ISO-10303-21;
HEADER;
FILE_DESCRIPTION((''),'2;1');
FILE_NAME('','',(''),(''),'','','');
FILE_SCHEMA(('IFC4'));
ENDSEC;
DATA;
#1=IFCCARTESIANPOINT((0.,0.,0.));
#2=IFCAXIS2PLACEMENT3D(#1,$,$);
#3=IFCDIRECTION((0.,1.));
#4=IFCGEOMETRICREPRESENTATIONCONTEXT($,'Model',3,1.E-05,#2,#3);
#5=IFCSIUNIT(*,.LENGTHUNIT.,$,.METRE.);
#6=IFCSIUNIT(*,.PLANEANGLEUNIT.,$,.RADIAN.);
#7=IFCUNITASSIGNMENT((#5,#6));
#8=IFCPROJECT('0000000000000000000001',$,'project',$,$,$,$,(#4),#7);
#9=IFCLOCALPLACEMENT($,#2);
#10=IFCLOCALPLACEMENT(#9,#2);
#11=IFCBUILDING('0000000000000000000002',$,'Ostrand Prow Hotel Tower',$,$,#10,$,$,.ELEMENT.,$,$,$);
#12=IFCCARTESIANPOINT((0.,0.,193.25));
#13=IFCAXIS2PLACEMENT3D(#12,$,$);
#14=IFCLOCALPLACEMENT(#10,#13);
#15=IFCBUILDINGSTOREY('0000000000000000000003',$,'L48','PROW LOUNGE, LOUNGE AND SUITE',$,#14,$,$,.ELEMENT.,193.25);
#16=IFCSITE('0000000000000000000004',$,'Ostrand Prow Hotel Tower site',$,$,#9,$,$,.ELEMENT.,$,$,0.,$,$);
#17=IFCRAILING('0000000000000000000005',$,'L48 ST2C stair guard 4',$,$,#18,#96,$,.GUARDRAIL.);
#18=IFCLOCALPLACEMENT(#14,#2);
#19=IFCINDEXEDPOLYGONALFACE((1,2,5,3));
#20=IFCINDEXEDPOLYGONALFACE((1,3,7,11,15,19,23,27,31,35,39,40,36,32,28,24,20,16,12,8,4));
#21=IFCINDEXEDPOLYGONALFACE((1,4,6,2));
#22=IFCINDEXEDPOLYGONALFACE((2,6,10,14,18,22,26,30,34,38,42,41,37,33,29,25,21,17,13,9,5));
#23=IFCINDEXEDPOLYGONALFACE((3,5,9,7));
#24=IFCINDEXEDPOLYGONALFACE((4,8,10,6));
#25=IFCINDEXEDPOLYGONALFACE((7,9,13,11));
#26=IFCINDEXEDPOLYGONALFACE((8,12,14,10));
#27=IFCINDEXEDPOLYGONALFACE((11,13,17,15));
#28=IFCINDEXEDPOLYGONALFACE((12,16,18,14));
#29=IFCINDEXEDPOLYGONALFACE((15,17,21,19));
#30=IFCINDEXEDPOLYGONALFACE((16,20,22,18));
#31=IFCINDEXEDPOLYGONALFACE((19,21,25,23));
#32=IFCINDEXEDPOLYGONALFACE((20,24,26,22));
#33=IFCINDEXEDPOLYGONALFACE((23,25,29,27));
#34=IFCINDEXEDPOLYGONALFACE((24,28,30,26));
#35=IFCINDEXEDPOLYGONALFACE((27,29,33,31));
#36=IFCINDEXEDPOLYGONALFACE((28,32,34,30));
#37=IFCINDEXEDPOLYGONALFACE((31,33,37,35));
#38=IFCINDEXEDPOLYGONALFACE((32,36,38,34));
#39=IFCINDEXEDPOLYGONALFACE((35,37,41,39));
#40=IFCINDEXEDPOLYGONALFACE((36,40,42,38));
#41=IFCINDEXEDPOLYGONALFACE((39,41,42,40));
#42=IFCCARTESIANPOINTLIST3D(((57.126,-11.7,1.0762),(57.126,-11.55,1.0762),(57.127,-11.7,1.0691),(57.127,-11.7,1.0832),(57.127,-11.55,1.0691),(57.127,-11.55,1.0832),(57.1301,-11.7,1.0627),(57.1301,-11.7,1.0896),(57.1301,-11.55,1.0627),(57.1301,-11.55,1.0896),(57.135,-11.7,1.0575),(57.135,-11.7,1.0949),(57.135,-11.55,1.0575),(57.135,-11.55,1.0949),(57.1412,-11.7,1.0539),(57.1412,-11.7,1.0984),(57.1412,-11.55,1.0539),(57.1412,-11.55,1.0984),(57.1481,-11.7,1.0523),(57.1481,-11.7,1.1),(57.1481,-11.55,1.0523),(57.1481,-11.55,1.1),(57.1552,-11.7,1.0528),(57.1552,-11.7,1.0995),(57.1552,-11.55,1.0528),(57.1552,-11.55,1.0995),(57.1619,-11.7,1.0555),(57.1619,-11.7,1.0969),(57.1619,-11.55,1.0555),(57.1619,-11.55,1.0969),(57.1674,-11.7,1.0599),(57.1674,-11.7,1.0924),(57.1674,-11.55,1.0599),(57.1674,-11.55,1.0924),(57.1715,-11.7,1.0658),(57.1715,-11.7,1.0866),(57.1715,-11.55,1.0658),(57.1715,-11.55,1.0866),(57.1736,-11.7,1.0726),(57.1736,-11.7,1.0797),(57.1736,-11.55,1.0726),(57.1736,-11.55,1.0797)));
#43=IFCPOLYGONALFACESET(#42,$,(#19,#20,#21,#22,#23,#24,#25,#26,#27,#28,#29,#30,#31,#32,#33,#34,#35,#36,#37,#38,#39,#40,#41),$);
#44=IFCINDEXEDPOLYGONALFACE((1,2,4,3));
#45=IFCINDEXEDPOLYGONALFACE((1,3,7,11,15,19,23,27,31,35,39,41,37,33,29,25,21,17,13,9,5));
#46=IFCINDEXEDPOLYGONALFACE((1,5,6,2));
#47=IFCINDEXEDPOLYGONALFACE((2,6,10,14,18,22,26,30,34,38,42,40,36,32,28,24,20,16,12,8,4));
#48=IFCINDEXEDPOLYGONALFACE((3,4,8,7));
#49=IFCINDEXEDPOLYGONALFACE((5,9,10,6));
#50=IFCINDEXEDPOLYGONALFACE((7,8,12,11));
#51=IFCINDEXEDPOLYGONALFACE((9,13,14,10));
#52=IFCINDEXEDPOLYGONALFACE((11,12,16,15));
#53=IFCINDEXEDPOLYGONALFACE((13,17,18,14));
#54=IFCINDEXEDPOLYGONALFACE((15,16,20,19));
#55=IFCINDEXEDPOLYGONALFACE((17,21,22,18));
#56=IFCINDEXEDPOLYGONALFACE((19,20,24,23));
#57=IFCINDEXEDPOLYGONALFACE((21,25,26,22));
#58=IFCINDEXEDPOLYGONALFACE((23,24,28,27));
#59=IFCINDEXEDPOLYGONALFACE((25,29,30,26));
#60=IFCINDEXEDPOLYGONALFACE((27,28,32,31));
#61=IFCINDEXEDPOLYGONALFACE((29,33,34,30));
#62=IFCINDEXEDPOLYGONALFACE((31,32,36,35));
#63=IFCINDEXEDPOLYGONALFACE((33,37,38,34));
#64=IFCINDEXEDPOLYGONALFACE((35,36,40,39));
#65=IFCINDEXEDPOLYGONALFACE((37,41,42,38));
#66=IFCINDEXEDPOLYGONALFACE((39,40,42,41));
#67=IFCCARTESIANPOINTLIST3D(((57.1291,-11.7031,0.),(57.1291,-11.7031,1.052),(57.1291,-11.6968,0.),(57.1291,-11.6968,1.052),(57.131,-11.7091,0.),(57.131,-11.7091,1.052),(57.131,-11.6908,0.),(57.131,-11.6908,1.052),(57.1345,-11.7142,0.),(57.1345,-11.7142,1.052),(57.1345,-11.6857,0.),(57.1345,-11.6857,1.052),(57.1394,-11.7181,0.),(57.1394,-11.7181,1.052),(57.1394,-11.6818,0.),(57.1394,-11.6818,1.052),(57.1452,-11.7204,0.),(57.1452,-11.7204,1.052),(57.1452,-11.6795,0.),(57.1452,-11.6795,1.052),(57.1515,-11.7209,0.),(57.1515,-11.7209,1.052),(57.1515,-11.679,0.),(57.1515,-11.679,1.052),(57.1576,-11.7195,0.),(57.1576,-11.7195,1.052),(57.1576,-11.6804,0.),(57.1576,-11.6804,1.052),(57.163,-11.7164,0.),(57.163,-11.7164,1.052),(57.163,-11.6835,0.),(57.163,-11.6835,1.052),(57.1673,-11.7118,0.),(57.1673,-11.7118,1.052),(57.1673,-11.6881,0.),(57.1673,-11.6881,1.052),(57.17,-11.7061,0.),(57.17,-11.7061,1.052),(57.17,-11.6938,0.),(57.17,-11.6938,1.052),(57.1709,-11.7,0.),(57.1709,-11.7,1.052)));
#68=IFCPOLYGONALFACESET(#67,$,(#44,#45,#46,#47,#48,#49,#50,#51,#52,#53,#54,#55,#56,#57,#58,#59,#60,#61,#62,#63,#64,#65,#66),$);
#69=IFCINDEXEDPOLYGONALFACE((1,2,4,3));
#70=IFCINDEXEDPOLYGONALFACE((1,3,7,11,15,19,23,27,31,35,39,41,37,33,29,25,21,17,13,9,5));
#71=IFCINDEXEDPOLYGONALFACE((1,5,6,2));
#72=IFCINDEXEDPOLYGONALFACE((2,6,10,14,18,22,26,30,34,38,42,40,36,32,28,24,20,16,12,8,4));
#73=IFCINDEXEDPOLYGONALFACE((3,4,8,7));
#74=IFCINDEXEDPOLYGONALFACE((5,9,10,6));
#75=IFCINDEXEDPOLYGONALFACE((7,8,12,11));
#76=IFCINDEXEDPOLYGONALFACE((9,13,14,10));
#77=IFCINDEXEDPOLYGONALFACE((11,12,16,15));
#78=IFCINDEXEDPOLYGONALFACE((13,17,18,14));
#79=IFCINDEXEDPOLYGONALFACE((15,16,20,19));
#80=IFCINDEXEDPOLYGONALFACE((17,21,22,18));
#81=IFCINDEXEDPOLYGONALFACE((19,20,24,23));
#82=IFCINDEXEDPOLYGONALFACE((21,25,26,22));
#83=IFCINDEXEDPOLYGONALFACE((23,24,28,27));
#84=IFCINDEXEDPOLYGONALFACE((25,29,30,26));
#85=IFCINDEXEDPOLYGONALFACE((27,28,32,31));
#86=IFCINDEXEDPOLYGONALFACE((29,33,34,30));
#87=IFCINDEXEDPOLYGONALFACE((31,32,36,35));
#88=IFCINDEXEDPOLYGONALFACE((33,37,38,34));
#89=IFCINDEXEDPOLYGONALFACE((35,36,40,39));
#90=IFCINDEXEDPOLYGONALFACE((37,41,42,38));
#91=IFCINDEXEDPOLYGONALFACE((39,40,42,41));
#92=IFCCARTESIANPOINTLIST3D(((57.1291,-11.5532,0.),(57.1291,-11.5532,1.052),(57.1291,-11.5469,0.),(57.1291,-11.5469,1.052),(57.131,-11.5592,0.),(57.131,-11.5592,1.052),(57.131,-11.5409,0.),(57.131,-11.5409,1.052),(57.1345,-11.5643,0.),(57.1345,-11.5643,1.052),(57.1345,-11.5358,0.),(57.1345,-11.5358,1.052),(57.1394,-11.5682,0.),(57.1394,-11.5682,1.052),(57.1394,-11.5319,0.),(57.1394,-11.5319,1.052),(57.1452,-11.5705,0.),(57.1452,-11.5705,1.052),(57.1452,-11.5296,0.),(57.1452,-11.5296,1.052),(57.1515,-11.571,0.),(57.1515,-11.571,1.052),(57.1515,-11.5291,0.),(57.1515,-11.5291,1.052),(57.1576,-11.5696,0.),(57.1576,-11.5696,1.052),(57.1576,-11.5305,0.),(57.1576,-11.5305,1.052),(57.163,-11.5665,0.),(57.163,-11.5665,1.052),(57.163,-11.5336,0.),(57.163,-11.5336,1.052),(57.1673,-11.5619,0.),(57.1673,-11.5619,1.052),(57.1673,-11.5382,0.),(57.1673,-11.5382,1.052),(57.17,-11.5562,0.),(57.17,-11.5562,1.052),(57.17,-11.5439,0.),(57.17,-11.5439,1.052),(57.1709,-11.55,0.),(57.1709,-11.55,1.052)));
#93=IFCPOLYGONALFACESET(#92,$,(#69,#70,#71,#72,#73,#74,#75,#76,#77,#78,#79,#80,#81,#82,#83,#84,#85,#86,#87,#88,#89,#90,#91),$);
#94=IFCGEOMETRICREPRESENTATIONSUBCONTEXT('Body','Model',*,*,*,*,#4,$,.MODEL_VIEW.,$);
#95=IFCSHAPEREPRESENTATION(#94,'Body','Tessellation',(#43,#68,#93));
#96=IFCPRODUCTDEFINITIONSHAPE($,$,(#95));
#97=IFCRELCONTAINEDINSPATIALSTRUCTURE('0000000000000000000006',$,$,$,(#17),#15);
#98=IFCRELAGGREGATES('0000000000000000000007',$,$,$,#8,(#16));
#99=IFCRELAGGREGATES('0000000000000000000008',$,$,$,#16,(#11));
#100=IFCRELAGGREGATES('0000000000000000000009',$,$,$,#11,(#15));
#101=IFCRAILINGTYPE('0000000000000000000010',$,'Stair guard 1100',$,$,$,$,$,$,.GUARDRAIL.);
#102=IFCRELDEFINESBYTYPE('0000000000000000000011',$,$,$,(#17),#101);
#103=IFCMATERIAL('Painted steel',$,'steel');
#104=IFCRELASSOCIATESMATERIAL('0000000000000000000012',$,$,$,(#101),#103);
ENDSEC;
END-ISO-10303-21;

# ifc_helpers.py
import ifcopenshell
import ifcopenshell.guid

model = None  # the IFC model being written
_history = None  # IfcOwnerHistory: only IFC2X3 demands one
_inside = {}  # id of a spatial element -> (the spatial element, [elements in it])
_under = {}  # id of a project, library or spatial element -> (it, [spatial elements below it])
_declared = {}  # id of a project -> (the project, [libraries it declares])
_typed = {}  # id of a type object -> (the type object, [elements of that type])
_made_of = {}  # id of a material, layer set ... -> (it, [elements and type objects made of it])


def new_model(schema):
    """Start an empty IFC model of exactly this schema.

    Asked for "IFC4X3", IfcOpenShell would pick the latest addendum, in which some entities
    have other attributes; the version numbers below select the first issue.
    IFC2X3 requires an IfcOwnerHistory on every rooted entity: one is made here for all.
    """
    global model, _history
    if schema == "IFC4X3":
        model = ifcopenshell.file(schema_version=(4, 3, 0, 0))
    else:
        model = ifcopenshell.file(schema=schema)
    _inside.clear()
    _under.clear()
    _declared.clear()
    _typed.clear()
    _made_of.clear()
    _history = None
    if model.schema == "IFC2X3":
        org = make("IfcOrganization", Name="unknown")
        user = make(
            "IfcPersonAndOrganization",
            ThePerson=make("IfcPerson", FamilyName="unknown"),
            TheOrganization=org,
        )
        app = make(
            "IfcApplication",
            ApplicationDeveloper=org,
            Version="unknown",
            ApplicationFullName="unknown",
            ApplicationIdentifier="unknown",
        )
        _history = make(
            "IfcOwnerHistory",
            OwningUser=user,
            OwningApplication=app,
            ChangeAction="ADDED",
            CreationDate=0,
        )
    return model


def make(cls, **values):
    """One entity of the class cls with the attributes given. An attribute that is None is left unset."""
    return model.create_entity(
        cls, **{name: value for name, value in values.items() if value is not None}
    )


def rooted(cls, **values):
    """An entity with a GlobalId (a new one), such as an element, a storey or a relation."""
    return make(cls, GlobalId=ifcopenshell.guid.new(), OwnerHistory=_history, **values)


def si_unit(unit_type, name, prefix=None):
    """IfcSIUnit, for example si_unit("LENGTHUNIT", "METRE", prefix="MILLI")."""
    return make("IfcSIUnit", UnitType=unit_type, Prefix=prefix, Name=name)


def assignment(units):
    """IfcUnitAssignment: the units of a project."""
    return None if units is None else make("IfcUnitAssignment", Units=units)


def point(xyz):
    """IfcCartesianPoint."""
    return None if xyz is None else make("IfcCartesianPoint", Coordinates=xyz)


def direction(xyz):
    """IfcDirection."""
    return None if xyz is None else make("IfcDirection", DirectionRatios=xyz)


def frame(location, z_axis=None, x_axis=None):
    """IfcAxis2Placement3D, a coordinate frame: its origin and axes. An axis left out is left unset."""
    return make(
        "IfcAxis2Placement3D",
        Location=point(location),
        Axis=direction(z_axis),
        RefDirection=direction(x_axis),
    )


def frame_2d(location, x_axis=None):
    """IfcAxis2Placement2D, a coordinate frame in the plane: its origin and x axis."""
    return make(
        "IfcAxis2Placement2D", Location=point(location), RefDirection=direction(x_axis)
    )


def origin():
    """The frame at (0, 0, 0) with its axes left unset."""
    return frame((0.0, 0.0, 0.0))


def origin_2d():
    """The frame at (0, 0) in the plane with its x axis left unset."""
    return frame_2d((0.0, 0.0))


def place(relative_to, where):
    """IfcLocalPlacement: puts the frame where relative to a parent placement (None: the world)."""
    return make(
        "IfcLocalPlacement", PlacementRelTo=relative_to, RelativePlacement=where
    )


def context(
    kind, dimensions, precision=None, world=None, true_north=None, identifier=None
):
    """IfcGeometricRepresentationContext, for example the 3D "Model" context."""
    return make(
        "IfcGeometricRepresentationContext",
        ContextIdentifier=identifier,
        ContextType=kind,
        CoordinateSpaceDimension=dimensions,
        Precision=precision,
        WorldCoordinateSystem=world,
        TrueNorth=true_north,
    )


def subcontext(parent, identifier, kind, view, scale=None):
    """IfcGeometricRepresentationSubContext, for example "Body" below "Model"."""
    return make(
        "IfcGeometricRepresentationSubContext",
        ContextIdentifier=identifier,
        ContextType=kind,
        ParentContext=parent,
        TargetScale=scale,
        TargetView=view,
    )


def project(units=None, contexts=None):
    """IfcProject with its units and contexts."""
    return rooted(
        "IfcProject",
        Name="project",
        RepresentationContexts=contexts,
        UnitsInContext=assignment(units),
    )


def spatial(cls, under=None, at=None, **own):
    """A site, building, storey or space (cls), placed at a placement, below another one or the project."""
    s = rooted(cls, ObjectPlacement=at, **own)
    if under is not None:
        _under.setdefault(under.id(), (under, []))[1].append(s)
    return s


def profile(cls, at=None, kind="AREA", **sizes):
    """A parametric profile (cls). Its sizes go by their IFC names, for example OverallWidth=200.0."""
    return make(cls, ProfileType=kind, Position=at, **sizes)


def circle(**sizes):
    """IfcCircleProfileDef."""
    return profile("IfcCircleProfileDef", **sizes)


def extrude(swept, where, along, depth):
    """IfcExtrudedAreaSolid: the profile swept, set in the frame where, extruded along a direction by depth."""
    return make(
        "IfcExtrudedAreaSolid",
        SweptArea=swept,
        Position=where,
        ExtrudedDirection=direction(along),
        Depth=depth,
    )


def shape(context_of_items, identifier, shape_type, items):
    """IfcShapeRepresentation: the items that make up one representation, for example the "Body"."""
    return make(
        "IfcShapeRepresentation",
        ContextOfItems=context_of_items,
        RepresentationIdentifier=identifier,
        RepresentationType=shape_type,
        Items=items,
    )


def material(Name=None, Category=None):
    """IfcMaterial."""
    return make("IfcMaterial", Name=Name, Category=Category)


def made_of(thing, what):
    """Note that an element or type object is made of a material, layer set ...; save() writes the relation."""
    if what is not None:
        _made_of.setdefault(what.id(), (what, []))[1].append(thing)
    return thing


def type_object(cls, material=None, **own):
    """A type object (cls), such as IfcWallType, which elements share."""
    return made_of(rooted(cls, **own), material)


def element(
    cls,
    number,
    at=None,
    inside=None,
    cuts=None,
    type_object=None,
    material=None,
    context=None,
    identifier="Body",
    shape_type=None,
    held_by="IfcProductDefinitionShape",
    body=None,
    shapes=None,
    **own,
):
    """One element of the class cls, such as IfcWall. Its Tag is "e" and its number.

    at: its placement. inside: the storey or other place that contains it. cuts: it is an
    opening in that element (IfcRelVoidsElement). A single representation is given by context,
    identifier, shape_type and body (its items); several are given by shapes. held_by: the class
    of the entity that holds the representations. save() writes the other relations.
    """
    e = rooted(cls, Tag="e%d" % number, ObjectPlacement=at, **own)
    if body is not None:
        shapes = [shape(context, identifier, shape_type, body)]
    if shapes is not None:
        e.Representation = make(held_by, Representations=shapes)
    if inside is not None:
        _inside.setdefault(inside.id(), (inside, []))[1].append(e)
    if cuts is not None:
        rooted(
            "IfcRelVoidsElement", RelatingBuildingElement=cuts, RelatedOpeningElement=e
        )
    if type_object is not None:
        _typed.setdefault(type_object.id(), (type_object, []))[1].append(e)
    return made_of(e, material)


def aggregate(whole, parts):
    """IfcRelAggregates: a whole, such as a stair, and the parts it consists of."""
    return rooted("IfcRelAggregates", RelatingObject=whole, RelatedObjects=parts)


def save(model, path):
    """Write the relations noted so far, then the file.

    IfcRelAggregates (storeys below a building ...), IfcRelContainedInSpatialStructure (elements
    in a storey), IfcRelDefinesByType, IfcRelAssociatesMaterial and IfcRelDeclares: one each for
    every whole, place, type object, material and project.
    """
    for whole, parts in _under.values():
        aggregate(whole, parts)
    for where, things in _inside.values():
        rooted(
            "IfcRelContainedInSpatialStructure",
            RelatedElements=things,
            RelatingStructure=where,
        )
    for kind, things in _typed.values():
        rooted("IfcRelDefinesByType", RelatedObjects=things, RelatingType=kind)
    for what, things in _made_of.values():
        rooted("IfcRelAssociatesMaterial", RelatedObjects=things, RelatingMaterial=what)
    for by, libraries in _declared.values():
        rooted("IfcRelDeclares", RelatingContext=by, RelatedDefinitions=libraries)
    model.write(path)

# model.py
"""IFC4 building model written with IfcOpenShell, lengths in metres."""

from ifc_helpers import new_model, si_unit, direction, frame, origin, origin_2d, place, context, subcontext, project, spatial, circle, extrude, material, type_object, element, save


model = new_model("IFC4")

# Units and contexts
model_context = context("Model", 3, precision=1e-05, world=origin(), true_north=direction((0.0, 1.0)))
body_context = subcontext(model_context, "Body", "Model", "MODEL_VIEW")
ifc_project = project(units=[si_unit("LENGTHUNIT", "METRE"), si_unit("PLANEANGLEUNIT", "RADIAN")], contexts=[model_context])

# Site, building, storey
site_placement = place(None, origin())
site = spatial("IfcSite", under=ifc_project, at=site_placement, Name="Ostrand Prow Hotel Tower site", CompositionType="ELEMENT", RefElevation=0.0)
building_placement = place(site_placement, origin())
building = spatial("IfcBuilding", under=site, at=building_placement, Name="Ostrand Prow Hotel Tower", CompositionType="ELEMENT")
storey_placement = place(building_placement, frame((0.0, 0.0, 193.25)))
storey = spatial("IfcBuildingStorey", under=building, at=storey_placement, Name="L48", Description="PROW LOUNGE, LOUNGE AND SUITE", CompositionType="ELEMENT", Elevation=193.25)

# Railing
ifc_material_1 = material(Name="Painted steel", Category="steel")
railing_type = type_object("IfcRailingType", Name="Stair guard 1100", PredefinedType="GUARDRAIL", material=ifc_material_1)
railing_placement = place(storey_placement, frame((57.1499, -11.7, 0.0)))
element("IfcRailing", 1, at=railing_placement, inside=storey, type_object=railing_type, Name="L48 ST2C stair guard 4", PredefinedType="GUARDRAIL", context=body_context, shape_type="SweptSolid", body=[
    extrude(circle(Radius=0.0239, at=origin_2d()), frame((0.0, 0.0, 1.0762), z_axis=(0.0, 1.0, 0.0), x_axis=(-1.0, 0.0, 0.0)), (0.0, 0.0, 1.0), 0.1499),
    extrude(circle(Radius=0.021, at=origin_2d()), origin(), (0.0, 0.0, 1.0), 1.052),
    extrude(circle(Radius=0.021, at=origin_2d()), frame((0.0, 0.1499, 0.0)), (0.0, 0.0, 1.0), 1.052),
])

save(model, "model.ifc")
